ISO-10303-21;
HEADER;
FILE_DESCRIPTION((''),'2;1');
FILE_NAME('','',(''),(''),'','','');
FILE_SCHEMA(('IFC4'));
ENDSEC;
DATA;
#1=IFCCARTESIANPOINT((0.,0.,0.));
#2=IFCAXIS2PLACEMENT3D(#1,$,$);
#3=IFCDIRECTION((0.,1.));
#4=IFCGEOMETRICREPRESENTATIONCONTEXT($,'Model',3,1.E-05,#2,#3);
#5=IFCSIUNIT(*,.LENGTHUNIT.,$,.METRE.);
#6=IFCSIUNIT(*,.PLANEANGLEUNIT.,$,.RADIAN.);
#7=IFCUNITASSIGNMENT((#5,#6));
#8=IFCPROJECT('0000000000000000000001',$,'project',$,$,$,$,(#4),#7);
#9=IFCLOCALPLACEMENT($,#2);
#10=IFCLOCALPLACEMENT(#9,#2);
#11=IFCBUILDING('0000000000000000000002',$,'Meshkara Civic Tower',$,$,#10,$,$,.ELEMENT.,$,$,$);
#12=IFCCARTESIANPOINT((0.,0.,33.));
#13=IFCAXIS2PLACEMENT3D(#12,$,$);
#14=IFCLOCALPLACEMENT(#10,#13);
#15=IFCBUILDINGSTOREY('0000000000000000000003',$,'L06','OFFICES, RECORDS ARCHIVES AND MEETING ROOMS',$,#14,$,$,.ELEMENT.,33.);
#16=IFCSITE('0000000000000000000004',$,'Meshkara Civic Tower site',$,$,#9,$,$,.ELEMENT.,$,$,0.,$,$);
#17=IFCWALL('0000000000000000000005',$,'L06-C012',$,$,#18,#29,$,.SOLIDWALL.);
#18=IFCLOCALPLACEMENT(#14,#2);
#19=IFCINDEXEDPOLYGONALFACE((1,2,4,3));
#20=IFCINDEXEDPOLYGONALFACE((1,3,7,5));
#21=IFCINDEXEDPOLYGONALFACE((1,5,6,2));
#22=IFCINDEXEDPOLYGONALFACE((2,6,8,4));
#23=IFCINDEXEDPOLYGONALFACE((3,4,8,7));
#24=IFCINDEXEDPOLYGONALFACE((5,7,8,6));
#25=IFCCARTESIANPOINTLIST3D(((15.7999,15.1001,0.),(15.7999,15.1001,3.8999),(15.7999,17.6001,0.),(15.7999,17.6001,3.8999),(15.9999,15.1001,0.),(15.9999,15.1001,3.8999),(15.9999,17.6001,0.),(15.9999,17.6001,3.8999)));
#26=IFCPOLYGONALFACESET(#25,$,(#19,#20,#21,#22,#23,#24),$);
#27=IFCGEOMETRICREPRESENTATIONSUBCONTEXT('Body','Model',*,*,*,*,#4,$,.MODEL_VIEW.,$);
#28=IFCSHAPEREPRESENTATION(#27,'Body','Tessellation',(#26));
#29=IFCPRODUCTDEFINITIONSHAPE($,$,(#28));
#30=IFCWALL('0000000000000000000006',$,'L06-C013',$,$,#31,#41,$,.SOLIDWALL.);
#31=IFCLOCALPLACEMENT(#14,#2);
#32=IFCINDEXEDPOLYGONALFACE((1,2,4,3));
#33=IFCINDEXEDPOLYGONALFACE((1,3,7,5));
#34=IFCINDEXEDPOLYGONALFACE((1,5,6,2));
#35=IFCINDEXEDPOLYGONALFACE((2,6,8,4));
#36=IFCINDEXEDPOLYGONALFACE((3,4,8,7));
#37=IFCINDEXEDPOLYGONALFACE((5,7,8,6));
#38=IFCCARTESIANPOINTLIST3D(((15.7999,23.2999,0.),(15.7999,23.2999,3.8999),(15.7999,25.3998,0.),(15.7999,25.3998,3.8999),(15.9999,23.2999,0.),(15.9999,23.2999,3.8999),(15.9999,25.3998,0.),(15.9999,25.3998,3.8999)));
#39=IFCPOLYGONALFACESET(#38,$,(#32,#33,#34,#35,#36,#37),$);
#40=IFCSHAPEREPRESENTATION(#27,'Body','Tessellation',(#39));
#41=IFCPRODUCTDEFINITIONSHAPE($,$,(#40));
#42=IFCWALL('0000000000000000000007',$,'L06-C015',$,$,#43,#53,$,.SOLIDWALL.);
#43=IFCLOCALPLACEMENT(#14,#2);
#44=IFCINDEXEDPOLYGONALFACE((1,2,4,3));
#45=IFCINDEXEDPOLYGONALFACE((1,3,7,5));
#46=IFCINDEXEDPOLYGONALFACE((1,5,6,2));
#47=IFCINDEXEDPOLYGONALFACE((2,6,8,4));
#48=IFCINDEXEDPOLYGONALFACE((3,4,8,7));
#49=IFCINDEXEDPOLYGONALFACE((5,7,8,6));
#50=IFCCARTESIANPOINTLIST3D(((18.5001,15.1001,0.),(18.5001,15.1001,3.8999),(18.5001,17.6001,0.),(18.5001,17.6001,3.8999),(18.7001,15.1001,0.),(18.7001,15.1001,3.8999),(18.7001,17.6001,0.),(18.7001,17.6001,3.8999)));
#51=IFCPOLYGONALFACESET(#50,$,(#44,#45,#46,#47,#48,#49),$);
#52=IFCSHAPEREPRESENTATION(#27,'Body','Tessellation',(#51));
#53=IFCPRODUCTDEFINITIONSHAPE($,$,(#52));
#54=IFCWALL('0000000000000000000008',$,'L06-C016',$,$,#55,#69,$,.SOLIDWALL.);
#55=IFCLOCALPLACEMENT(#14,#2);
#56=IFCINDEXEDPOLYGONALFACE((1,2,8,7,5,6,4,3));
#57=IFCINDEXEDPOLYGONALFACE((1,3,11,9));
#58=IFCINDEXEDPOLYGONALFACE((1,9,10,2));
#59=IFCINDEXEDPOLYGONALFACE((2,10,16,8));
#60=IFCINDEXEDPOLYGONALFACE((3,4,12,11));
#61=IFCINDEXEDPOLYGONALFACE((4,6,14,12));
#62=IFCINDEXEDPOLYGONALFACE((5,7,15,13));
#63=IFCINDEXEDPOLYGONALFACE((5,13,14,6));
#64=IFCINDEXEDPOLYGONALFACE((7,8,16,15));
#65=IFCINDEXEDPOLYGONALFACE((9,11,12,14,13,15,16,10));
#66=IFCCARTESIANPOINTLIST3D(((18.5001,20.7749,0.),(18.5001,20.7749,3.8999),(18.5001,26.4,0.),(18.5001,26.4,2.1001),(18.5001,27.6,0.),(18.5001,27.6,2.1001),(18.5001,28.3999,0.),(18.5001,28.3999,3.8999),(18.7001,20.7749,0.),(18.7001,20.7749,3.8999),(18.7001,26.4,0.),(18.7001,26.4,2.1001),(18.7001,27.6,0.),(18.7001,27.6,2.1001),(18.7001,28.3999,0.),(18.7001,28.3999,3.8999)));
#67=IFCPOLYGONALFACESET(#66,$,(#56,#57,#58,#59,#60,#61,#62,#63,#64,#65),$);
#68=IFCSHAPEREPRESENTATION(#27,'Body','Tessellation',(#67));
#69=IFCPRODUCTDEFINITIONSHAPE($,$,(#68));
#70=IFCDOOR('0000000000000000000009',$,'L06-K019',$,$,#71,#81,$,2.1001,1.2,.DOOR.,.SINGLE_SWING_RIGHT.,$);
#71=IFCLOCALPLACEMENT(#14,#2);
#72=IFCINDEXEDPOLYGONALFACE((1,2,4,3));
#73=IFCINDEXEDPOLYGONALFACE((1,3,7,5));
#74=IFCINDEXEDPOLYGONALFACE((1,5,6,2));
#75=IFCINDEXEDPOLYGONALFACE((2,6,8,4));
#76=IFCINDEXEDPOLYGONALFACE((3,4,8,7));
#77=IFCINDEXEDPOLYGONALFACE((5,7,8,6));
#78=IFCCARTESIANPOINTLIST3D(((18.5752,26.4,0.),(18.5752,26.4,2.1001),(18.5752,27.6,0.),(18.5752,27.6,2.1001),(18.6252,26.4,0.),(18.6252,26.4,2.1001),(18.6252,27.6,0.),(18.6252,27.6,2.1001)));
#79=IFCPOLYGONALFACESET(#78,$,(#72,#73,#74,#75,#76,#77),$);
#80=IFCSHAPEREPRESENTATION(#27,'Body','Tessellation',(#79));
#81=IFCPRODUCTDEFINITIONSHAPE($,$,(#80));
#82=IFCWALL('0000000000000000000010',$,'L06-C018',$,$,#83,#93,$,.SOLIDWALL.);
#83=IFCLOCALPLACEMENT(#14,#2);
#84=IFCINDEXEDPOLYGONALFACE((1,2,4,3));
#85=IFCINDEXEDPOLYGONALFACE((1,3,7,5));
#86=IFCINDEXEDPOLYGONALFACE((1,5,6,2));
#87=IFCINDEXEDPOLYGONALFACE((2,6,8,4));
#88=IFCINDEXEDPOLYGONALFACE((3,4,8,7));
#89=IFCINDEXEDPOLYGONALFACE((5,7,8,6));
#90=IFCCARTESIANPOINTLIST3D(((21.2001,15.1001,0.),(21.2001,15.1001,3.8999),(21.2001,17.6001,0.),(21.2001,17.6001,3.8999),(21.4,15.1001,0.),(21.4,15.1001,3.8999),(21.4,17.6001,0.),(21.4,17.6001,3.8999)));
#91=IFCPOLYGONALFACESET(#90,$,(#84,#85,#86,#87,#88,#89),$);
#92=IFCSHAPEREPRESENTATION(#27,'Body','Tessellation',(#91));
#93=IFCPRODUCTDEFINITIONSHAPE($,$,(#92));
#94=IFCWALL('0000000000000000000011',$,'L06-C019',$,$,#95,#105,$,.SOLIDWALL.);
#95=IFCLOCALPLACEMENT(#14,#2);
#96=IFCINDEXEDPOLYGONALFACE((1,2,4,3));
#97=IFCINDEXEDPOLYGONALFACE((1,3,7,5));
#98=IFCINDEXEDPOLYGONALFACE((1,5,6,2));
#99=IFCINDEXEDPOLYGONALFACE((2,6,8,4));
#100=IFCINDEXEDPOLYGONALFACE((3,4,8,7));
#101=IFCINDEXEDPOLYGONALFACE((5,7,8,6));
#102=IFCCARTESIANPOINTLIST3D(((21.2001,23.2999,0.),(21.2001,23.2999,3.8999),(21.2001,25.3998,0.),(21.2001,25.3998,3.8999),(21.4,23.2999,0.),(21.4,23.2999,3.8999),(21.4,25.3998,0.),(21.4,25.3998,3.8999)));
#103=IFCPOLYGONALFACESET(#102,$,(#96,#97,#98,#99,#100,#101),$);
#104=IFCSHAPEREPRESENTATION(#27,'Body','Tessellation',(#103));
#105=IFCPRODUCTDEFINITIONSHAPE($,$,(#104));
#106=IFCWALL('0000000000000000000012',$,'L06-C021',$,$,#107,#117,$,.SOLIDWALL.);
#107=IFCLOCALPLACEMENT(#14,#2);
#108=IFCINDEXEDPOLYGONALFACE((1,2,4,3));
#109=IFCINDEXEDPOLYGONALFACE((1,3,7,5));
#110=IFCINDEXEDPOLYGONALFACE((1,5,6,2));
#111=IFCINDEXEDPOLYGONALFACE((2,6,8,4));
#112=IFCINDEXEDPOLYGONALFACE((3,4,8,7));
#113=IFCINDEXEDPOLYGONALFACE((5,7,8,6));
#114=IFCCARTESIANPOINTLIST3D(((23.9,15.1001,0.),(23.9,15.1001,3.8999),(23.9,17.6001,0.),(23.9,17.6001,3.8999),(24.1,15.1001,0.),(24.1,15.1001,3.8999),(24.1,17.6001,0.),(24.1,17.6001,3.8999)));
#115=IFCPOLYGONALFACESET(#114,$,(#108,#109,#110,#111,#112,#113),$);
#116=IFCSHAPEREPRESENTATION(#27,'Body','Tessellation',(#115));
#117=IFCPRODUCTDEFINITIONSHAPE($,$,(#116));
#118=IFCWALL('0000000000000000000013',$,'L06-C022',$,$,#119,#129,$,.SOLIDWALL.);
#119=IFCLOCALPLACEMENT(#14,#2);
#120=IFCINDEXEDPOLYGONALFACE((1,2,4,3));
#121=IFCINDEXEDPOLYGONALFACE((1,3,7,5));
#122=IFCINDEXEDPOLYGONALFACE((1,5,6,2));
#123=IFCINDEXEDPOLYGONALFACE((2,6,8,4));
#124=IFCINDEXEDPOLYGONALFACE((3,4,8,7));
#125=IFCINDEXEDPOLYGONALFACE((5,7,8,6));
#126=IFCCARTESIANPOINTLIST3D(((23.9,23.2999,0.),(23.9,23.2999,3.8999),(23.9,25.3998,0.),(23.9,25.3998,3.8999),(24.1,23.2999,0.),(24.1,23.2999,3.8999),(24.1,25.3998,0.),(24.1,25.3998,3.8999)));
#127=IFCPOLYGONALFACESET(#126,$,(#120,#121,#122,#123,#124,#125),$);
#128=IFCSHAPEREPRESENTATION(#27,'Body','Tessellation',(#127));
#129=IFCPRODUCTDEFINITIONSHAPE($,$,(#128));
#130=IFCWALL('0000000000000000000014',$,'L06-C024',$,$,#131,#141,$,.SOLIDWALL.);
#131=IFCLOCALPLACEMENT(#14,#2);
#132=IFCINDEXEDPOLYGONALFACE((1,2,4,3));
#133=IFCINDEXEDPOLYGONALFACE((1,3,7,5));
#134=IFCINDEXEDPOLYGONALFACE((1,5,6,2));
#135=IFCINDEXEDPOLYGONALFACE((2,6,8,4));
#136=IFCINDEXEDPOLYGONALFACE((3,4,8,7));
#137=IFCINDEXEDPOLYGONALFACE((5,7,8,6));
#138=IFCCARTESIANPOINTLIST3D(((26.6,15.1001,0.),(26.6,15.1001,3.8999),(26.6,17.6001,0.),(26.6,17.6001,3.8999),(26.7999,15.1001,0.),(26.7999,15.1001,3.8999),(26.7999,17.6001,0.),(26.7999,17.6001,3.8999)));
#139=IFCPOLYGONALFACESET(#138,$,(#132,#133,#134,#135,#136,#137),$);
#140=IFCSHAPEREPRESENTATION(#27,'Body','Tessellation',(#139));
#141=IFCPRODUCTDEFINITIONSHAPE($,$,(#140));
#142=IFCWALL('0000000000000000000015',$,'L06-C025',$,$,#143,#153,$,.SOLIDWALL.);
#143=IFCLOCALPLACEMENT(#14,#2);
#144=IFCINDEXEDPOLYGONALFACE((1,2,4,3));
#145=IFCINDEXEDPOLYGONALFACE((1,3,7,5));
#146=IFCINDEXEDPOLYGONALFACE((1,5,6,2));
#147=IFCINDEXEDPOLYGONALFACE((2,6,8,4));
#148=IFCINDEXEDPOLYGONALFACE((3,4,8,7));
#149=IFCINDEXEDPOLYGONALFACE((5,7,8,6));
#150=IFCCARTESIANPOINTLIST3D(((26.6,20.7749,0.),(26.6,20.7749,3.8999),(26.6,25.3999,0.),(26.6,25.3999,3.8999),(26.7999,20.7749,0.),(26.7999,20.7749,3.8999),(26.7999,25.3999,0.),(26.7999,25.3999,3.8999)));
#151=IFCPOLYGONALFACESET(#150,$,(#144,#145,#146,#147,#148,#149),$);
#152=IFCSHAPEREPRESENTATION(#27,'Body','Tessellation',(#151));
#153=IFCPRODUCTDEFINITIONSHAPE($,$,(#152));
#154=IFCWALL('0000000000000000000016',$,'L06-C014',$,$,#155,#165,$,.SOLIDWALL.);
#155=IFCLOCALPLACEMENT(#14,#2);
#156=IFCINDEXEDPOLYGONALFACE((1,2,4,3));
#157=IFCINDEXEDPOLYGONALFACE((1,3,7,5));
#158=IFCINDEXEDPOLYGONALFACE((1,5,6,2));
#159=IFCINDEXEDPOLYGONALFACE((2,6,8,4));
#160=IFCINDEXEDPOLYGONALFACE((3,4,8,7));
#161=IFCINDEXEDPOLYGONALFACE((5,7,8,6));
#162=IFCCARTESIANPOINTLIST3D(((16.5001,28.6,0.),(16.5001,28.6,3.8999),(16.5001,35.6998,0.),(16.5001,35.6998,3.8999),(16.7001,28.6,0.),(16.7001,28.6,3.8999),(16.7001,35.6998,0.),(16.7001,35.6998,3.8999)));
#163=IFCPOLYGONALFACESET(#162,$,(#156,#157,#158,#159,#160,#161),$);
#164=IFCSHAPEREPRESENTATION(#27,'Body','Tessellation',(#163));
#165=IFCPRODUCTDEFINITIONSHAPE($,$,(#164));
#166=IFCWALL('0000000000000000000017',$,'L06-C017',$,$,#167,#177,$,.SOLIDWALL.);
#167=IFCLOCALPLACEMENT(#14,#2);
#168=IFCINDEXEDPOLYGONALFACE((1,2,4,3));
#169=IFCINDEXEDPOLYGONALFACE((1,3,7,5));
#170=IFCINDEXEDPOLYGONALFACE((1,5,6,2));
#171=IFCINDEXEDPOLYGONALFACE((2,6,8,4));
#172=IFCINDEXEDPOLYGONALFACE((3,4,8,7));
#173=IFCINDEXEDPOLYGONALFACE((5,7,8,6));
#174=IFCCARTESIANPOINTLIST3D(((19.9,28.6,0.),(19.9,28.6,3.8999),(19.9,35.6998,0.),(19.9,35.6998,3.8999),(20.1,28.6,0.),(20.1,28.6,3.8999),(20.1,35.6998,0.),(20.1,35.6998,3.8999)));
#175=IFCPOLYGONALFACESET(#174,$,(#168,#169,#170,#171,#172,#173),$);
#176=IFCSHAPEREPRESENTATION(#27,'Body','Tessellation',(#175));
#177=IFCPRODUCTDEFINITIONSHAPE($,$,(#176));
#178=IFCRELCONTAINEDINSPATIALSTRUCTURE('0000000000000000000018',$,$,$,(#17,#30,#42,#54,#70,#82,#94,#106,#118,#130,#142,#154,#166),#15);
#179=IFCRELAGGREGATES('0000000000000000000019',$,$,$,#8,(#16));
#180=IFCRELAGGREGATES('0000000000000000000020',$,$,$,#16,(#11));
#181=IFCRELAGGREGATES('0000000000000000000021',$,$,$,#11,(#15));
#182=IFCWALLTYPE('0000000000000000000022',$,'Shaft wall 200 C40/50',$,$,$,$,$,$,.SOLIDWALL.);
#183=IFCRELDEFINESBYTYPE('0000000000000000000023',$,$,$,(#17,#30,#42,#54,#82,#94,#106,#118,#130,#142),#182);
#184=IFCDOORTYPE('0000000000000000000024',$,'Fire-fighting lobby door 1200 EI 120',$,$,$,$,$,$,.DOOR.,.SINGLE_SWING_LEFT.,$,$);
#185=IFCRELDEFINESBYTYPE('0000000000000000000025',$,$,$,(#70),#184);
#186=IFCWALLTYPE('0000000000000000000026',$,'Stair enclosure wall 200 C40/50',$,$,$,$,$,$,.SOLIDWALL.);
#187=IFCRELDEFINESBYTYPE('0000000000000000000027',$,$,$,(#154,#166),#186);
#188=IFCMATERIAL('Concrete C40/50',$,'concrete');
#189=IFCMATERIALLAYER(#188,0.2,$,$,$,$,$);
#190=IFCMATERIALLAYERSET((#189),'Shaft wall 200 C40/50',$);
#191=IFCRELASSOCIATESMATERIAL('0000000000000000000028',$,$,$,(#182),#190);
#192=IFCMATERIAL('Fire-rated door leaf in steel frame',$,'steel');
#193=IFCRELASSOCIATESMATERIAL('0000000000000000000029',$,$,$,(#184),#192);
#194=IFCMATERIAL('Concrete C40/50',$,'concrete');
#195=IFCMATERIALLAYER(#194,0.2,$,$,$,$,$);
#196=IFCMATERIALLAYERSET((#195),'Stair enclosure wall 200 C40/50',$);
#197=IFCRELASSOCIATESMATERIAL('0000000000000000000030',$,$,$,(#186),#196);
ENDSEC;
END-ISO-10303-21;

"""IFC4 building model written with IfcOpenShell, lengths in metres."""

from ifc_helpers import new_model, si_unit, direction, frame, frame_2d, origin, place, context, subcontext, project, spatial, rectangle, extrude, material, layer, layer_set, type_object, element, fill, save


model = new_model("IFC4")

# Units and contexts
model_context = context("Model", 3, precision=1e-05, world=origin(), true_north=direction((0.0, 1.0)))
body_context = subcontext(model_context, "Body", "Model", "MODEL_VIEW")
ifc_project = project(units=[si_unit("LENGTHUNIT", "METRE"), si_unit("PLANEANGLEUNIT", "RADIAN")], contexts=[model_context])

# Site, building, storey
site_placement = place(None, origin())
site = spatial("IfcSite", under=ifc_project, at=site_placement, Name="Meshkara Civic Tower site", CompositionType="ELEMENT", RefElevation=0.0)
building_placement = place(site_placement, origin())
building = spatial("IfcBuilding", under=site, at=building_placement, Name="Meshkara Civic Tower", CompositionType="ELEMENT")
storey_placement = place(building_placement, frame((0.0, 0.0, 33.0)))
storey = spatial("IfcBuildingStorey", under=building, at=storey_placement, Name="L06", Description="OFFICES, RECORDS ARCHIVES AND MEETING ROOMS", CompositionType="ELEMENT", Elevation=33.0)

# Walls
ifc_material_1 = material(Name="Concrete C40/50", Category="concrete")
ifc_layer_1 = layer(ifc_material_1, 0.2)
ifc_layer_set_1 = layer_set([ifc_layer_1], Name="Shaft wall 200 C40/50")
wall_type_1 = type_object("IfcWallType", Name="Shaft wall 200 C40/50", PredefinedType="SOLIDWALL", material=ifc_layer_set_1)
wall_1_placement = place(storey_placement, frame((15.8999, 15.1001, 0.0), z_axis=(0.0, 0.0, 1.0), x_axis=(0.0, 1.0, 0.0)))
element("IfcWall", 1, at=wall_1_placement, inside=storey, type_object=wall_type_1, Name="L06-C012", PredefinedType="SOLIDWALL", context=body_context, shape_type="SweptSolid", body=[
    extrude(rectangle(XDim=2.5, YDim=0.2, at=frame_2d((1.25, 0.0))), origin(), (0.0, 0.0, 1.0), 3.8999),
])
wall_2_placement = place(storey_placement, frame((15.8999, 23.3, 0.0), z_axis=(0.0, 0.0, 1.0), x_axis=(0.0, 1.0, 0.0)))
element("IfcWall", 2, at=wall_2_placement, inside=storey, type_object=wall_type_1, Name="L06-C013", PredefinedType="SOLIDWALL", context=body_context, shape_type="SweptSolid", body=[
    extrude(rectangle(XDim=2.0999, YDim=0.2, at=frame_2d((1.0498, 0.0))), origin(), (0.0, 0.0, 1.0), 3.8999),
])
wall_3_placement = place(storey_placement, frame((18.6001, 15.1001, 0.0), z_axis=(0.0, 0.0, 1.0), x_axis=(0.0, 1.0, 0.0)))
element("IfcWall", 3, at=wall_3_placement, inside=storey, type_object=wall_type_1, Name="L06-C015", PredefinedType="SOLIDWALL", context=body_context, shape_type="SweptSolid", body=[
    extrude(rectangle(XDim=2.5, YDim=0.2, at=frame_2d((1.25, 0.0))), origin(), (0.0, 0.0, 1.0), 3.8999),
])

# Wall, opening, door
wall_4_placement = place(storey_placement, frame((18.6001, 20.7749, 0.0), z_axis=(0.0, 0.0, 1.0), x_axis=(0.0, 1.0, 0.0)))
wall_4 = element("IfcWall", 4, at=wall_4_placement, inside=storey, type_object=wall_type_1, Name="L06-C016", PredefinedType="SOLIDWALL", context=body_context, shape_type="SweptSolid", body=[
    extrude(rectangle(XDim=7.625, YDim=0.2, at=frame_2d((3.8125, 0.0))), origin(), (0.0, 0.0, 1.0), 3.8999),
])
opening_placement = place(wall_4_placement, frame((5.625, 0.0, 0.0)))
opening = element("IfcOpeningElement", 5, at=opening_placement, cuts=wall_4, PredefinedType="OPENING", context=body_context, shape_type="SweptSolid", body=[
    extrude(rectangle(XDim=1.2, YDim=2.1001, at=frame_2d((0.6001, 1.05))), frame((0.0, 0.1099, 0.0), z_axis=(0.0, -1.0, 0.0), x_axis=(1.0, 0.0, 0.0)), (0.0, 0.0, 1.0), 0.22),
])
ifc_material_2 = material(Name="Fire-rated door leaf in steel frame", Category="steel")
door_type = type_object("IfcDoorType", Name="Fire-fighting lobby door 1200 EI 120", OperationType="SINGLE_SWING_LEFT", PredefinedType="DOOR", material=ifc_material_2)
door_placement = place(opening_placement, origin())
door = element("IfcDoor", 6, at=door_placement, inside=storey, type_object=door_type, Name="L06-K019", OperationType="SINGLE_SWING_RIGHT", OverallHeight=2.1001, OverallWidth=1.2, PredefinedType="DOOR", context=body_context, shape_type="SweptSolid", body=[
    extrude(rectangle(XDim=1.2, YDim=2.1001, at=frame_2d((0.6001, 1.05))), frame((0.0, 0.0249, 0.0), z_axis=(0.0, -1.0, 0.0), x_axis=(1.0, 0.0, 0.0)), (0.0, 0.0, 1.0), 0.05),
])
fill(opening, door)

# Walls
wall_5_placement = place(storey_placement, frame((21.3, 15.1001, 0.0), z_axis=(0.0, 0.0, 1.0), x_axis=(0.0, 1.0, 0.0)))
element("IfcWall", 7, at=wall_5_placement, inside=storey, type_object=wall_type_1, Name="L06-C018", PredefinedType="SOLIDWALL", context=body_context, shape_type="SweptSolid", body=[
    extrude(rectangle(XDim=2.5, YDim=0.2, at=frame_2d((1.25, 0.0))), origin(), (0.0, 0.0, 1.0), 3.8999),
])
wall_6_placement = place(storey_placement, frame((21.3, 23.3, 0.0), z_axis=(0.0, 0.0, 1.0), x_axis=(0.0, 1.0, 0.0)))
element("IfcWall", 8, at=wall_6_placement, inside=storey, type_object=wall_type_1, Name="L06-C019", PredefinedType="SOLIDWALL", context=body_context, shape_type="SweptSolid", body=[
    extrude(rectangle(XDim=2.0999, YDim=0.2, at=frame_2d((1.0498, 0.0))), origin(), (0.0, 0.0, 1.0), 3.8999),
])
wall_7_placement = place(storey_placement, frame((24.0, 15.1001, 0.0), z_axis=(0.0, 0.0, 1.0), x_axis=(0.0, 1.0, 0.0)))
element("IfcWall", 9, at=wall_7_placement, inside=storey, type_object=wall_type_1, Name="L06-C021", PredefinedType="SOLIDWALL", context=body_context, shape_type="SweptSolid", body=[
    extrude(rectangle(XDim=2.5, YDim=0.2, at=frame_2d((1.25, 0.0))), origin(), (0.0, 0.0, 1.0), 3.8999),
])
wall_8_placement = place(storey_placement, frame((24.0, 23.3, 0.0), z_axis=(0.0, 0.0, 1.0), x_axis=(0.0, 1.0, 0.0)))
element("IfcWall", 10, at=wall_8_placement, inside=storey, type_object=wall_type_1, Name="L06-C022", PredefinedType="SOLIDWALL", context=body_context, shape_type="SweptSolid", body=[
    extrude(rectangle(XDim=2.0999, YDim=0.2, at=frame_2d((1.0498, 0.0))), origin(), (0.0, 0.0, 1.0), 3.8999),
])
wall_9_placement = place(storey_placement, frame((26.7, 15.1001, 0.0), z_axis=(0.0, 0.0, 1.0), x_axis=(0.0, 1.0, 0.0)))
element("IfcWall", 11, at=wall_9_placement, inside=storey, type_object=wall_type_1, Name="L06-C024", PredefinedType="SOLIDWALL", context=body_context, shape_type="SweptSolid", body=[
    extrude(rectangle(XDim=2.5, YDim=0.2, at=frame_2d((1.25, 0.0))), origin(), (0.0, 0.0, 1.0), 3.8999),
])
wall_10_placement = place(storey_placement, frame((26.7, 20.7749, 0.0), z_axis=(0.0, 0.0, 1.0), x_axis=(0.0, 1.0, 0.0)))
element("IfcWall", 12, at=wall_10_placement, inside=storey, type_object=wall_type_1, Name="L06-C025", PredefinedType="SOLIDWALL", context=body_context, shape_type="SweptSolid", body=[
    extrude(rectangle(XDim=4.625, YDim=0.2, at=frame_2d((2.3125, 0.0))), origin(), (0.0, 0.0, 1.0), 3.8999),
])
ifc_material_3 = material(Name="Concrete C40/50", Category="concrete")
ifc_layer_2 = layer(ifc_material_3, 0.2)
ifc_layer_set_2 = layer_set([ifc_layer_2], Name="Stair enclosure wall 200 C40/50")
wall_type_2 = type_object("IfcWallType", Name="Stair enclosure wall 200 C40/50", PredefinedType="SOLIDWALL", material=ifc_layer_set_2)
for number, where, z_axis, x_axis, name in (
    (13, (16.6001, 28.6001, 0.0), (0.0, 0.0, 1.0), (0.0, 1.0, 0.0), "L06-C014"),
    (14, (20.0, 28.6001, 0.0), (0.0, 0.0, 1.0), (0.0, 1.0, 0.0), "L06-C017"),
):
    element("IfcWall", number, at=place(storey_placement, frame(where, z_axis=z_axis, x_axis=x_axis)), inside=storey, type_object=wall_type_2, Name=name, PredefinedType="SOLIDWALL", context=body_context, shape_type="SweptSolid", body=[
        extrude(rectangle(XDim=7.0999, YDim=0.2, at=frame_2d((3.5498, 0.0))), origin(), (0.0, 0.0, 1.0), 3.8999),
    ])

save(model, "model.ifc")
